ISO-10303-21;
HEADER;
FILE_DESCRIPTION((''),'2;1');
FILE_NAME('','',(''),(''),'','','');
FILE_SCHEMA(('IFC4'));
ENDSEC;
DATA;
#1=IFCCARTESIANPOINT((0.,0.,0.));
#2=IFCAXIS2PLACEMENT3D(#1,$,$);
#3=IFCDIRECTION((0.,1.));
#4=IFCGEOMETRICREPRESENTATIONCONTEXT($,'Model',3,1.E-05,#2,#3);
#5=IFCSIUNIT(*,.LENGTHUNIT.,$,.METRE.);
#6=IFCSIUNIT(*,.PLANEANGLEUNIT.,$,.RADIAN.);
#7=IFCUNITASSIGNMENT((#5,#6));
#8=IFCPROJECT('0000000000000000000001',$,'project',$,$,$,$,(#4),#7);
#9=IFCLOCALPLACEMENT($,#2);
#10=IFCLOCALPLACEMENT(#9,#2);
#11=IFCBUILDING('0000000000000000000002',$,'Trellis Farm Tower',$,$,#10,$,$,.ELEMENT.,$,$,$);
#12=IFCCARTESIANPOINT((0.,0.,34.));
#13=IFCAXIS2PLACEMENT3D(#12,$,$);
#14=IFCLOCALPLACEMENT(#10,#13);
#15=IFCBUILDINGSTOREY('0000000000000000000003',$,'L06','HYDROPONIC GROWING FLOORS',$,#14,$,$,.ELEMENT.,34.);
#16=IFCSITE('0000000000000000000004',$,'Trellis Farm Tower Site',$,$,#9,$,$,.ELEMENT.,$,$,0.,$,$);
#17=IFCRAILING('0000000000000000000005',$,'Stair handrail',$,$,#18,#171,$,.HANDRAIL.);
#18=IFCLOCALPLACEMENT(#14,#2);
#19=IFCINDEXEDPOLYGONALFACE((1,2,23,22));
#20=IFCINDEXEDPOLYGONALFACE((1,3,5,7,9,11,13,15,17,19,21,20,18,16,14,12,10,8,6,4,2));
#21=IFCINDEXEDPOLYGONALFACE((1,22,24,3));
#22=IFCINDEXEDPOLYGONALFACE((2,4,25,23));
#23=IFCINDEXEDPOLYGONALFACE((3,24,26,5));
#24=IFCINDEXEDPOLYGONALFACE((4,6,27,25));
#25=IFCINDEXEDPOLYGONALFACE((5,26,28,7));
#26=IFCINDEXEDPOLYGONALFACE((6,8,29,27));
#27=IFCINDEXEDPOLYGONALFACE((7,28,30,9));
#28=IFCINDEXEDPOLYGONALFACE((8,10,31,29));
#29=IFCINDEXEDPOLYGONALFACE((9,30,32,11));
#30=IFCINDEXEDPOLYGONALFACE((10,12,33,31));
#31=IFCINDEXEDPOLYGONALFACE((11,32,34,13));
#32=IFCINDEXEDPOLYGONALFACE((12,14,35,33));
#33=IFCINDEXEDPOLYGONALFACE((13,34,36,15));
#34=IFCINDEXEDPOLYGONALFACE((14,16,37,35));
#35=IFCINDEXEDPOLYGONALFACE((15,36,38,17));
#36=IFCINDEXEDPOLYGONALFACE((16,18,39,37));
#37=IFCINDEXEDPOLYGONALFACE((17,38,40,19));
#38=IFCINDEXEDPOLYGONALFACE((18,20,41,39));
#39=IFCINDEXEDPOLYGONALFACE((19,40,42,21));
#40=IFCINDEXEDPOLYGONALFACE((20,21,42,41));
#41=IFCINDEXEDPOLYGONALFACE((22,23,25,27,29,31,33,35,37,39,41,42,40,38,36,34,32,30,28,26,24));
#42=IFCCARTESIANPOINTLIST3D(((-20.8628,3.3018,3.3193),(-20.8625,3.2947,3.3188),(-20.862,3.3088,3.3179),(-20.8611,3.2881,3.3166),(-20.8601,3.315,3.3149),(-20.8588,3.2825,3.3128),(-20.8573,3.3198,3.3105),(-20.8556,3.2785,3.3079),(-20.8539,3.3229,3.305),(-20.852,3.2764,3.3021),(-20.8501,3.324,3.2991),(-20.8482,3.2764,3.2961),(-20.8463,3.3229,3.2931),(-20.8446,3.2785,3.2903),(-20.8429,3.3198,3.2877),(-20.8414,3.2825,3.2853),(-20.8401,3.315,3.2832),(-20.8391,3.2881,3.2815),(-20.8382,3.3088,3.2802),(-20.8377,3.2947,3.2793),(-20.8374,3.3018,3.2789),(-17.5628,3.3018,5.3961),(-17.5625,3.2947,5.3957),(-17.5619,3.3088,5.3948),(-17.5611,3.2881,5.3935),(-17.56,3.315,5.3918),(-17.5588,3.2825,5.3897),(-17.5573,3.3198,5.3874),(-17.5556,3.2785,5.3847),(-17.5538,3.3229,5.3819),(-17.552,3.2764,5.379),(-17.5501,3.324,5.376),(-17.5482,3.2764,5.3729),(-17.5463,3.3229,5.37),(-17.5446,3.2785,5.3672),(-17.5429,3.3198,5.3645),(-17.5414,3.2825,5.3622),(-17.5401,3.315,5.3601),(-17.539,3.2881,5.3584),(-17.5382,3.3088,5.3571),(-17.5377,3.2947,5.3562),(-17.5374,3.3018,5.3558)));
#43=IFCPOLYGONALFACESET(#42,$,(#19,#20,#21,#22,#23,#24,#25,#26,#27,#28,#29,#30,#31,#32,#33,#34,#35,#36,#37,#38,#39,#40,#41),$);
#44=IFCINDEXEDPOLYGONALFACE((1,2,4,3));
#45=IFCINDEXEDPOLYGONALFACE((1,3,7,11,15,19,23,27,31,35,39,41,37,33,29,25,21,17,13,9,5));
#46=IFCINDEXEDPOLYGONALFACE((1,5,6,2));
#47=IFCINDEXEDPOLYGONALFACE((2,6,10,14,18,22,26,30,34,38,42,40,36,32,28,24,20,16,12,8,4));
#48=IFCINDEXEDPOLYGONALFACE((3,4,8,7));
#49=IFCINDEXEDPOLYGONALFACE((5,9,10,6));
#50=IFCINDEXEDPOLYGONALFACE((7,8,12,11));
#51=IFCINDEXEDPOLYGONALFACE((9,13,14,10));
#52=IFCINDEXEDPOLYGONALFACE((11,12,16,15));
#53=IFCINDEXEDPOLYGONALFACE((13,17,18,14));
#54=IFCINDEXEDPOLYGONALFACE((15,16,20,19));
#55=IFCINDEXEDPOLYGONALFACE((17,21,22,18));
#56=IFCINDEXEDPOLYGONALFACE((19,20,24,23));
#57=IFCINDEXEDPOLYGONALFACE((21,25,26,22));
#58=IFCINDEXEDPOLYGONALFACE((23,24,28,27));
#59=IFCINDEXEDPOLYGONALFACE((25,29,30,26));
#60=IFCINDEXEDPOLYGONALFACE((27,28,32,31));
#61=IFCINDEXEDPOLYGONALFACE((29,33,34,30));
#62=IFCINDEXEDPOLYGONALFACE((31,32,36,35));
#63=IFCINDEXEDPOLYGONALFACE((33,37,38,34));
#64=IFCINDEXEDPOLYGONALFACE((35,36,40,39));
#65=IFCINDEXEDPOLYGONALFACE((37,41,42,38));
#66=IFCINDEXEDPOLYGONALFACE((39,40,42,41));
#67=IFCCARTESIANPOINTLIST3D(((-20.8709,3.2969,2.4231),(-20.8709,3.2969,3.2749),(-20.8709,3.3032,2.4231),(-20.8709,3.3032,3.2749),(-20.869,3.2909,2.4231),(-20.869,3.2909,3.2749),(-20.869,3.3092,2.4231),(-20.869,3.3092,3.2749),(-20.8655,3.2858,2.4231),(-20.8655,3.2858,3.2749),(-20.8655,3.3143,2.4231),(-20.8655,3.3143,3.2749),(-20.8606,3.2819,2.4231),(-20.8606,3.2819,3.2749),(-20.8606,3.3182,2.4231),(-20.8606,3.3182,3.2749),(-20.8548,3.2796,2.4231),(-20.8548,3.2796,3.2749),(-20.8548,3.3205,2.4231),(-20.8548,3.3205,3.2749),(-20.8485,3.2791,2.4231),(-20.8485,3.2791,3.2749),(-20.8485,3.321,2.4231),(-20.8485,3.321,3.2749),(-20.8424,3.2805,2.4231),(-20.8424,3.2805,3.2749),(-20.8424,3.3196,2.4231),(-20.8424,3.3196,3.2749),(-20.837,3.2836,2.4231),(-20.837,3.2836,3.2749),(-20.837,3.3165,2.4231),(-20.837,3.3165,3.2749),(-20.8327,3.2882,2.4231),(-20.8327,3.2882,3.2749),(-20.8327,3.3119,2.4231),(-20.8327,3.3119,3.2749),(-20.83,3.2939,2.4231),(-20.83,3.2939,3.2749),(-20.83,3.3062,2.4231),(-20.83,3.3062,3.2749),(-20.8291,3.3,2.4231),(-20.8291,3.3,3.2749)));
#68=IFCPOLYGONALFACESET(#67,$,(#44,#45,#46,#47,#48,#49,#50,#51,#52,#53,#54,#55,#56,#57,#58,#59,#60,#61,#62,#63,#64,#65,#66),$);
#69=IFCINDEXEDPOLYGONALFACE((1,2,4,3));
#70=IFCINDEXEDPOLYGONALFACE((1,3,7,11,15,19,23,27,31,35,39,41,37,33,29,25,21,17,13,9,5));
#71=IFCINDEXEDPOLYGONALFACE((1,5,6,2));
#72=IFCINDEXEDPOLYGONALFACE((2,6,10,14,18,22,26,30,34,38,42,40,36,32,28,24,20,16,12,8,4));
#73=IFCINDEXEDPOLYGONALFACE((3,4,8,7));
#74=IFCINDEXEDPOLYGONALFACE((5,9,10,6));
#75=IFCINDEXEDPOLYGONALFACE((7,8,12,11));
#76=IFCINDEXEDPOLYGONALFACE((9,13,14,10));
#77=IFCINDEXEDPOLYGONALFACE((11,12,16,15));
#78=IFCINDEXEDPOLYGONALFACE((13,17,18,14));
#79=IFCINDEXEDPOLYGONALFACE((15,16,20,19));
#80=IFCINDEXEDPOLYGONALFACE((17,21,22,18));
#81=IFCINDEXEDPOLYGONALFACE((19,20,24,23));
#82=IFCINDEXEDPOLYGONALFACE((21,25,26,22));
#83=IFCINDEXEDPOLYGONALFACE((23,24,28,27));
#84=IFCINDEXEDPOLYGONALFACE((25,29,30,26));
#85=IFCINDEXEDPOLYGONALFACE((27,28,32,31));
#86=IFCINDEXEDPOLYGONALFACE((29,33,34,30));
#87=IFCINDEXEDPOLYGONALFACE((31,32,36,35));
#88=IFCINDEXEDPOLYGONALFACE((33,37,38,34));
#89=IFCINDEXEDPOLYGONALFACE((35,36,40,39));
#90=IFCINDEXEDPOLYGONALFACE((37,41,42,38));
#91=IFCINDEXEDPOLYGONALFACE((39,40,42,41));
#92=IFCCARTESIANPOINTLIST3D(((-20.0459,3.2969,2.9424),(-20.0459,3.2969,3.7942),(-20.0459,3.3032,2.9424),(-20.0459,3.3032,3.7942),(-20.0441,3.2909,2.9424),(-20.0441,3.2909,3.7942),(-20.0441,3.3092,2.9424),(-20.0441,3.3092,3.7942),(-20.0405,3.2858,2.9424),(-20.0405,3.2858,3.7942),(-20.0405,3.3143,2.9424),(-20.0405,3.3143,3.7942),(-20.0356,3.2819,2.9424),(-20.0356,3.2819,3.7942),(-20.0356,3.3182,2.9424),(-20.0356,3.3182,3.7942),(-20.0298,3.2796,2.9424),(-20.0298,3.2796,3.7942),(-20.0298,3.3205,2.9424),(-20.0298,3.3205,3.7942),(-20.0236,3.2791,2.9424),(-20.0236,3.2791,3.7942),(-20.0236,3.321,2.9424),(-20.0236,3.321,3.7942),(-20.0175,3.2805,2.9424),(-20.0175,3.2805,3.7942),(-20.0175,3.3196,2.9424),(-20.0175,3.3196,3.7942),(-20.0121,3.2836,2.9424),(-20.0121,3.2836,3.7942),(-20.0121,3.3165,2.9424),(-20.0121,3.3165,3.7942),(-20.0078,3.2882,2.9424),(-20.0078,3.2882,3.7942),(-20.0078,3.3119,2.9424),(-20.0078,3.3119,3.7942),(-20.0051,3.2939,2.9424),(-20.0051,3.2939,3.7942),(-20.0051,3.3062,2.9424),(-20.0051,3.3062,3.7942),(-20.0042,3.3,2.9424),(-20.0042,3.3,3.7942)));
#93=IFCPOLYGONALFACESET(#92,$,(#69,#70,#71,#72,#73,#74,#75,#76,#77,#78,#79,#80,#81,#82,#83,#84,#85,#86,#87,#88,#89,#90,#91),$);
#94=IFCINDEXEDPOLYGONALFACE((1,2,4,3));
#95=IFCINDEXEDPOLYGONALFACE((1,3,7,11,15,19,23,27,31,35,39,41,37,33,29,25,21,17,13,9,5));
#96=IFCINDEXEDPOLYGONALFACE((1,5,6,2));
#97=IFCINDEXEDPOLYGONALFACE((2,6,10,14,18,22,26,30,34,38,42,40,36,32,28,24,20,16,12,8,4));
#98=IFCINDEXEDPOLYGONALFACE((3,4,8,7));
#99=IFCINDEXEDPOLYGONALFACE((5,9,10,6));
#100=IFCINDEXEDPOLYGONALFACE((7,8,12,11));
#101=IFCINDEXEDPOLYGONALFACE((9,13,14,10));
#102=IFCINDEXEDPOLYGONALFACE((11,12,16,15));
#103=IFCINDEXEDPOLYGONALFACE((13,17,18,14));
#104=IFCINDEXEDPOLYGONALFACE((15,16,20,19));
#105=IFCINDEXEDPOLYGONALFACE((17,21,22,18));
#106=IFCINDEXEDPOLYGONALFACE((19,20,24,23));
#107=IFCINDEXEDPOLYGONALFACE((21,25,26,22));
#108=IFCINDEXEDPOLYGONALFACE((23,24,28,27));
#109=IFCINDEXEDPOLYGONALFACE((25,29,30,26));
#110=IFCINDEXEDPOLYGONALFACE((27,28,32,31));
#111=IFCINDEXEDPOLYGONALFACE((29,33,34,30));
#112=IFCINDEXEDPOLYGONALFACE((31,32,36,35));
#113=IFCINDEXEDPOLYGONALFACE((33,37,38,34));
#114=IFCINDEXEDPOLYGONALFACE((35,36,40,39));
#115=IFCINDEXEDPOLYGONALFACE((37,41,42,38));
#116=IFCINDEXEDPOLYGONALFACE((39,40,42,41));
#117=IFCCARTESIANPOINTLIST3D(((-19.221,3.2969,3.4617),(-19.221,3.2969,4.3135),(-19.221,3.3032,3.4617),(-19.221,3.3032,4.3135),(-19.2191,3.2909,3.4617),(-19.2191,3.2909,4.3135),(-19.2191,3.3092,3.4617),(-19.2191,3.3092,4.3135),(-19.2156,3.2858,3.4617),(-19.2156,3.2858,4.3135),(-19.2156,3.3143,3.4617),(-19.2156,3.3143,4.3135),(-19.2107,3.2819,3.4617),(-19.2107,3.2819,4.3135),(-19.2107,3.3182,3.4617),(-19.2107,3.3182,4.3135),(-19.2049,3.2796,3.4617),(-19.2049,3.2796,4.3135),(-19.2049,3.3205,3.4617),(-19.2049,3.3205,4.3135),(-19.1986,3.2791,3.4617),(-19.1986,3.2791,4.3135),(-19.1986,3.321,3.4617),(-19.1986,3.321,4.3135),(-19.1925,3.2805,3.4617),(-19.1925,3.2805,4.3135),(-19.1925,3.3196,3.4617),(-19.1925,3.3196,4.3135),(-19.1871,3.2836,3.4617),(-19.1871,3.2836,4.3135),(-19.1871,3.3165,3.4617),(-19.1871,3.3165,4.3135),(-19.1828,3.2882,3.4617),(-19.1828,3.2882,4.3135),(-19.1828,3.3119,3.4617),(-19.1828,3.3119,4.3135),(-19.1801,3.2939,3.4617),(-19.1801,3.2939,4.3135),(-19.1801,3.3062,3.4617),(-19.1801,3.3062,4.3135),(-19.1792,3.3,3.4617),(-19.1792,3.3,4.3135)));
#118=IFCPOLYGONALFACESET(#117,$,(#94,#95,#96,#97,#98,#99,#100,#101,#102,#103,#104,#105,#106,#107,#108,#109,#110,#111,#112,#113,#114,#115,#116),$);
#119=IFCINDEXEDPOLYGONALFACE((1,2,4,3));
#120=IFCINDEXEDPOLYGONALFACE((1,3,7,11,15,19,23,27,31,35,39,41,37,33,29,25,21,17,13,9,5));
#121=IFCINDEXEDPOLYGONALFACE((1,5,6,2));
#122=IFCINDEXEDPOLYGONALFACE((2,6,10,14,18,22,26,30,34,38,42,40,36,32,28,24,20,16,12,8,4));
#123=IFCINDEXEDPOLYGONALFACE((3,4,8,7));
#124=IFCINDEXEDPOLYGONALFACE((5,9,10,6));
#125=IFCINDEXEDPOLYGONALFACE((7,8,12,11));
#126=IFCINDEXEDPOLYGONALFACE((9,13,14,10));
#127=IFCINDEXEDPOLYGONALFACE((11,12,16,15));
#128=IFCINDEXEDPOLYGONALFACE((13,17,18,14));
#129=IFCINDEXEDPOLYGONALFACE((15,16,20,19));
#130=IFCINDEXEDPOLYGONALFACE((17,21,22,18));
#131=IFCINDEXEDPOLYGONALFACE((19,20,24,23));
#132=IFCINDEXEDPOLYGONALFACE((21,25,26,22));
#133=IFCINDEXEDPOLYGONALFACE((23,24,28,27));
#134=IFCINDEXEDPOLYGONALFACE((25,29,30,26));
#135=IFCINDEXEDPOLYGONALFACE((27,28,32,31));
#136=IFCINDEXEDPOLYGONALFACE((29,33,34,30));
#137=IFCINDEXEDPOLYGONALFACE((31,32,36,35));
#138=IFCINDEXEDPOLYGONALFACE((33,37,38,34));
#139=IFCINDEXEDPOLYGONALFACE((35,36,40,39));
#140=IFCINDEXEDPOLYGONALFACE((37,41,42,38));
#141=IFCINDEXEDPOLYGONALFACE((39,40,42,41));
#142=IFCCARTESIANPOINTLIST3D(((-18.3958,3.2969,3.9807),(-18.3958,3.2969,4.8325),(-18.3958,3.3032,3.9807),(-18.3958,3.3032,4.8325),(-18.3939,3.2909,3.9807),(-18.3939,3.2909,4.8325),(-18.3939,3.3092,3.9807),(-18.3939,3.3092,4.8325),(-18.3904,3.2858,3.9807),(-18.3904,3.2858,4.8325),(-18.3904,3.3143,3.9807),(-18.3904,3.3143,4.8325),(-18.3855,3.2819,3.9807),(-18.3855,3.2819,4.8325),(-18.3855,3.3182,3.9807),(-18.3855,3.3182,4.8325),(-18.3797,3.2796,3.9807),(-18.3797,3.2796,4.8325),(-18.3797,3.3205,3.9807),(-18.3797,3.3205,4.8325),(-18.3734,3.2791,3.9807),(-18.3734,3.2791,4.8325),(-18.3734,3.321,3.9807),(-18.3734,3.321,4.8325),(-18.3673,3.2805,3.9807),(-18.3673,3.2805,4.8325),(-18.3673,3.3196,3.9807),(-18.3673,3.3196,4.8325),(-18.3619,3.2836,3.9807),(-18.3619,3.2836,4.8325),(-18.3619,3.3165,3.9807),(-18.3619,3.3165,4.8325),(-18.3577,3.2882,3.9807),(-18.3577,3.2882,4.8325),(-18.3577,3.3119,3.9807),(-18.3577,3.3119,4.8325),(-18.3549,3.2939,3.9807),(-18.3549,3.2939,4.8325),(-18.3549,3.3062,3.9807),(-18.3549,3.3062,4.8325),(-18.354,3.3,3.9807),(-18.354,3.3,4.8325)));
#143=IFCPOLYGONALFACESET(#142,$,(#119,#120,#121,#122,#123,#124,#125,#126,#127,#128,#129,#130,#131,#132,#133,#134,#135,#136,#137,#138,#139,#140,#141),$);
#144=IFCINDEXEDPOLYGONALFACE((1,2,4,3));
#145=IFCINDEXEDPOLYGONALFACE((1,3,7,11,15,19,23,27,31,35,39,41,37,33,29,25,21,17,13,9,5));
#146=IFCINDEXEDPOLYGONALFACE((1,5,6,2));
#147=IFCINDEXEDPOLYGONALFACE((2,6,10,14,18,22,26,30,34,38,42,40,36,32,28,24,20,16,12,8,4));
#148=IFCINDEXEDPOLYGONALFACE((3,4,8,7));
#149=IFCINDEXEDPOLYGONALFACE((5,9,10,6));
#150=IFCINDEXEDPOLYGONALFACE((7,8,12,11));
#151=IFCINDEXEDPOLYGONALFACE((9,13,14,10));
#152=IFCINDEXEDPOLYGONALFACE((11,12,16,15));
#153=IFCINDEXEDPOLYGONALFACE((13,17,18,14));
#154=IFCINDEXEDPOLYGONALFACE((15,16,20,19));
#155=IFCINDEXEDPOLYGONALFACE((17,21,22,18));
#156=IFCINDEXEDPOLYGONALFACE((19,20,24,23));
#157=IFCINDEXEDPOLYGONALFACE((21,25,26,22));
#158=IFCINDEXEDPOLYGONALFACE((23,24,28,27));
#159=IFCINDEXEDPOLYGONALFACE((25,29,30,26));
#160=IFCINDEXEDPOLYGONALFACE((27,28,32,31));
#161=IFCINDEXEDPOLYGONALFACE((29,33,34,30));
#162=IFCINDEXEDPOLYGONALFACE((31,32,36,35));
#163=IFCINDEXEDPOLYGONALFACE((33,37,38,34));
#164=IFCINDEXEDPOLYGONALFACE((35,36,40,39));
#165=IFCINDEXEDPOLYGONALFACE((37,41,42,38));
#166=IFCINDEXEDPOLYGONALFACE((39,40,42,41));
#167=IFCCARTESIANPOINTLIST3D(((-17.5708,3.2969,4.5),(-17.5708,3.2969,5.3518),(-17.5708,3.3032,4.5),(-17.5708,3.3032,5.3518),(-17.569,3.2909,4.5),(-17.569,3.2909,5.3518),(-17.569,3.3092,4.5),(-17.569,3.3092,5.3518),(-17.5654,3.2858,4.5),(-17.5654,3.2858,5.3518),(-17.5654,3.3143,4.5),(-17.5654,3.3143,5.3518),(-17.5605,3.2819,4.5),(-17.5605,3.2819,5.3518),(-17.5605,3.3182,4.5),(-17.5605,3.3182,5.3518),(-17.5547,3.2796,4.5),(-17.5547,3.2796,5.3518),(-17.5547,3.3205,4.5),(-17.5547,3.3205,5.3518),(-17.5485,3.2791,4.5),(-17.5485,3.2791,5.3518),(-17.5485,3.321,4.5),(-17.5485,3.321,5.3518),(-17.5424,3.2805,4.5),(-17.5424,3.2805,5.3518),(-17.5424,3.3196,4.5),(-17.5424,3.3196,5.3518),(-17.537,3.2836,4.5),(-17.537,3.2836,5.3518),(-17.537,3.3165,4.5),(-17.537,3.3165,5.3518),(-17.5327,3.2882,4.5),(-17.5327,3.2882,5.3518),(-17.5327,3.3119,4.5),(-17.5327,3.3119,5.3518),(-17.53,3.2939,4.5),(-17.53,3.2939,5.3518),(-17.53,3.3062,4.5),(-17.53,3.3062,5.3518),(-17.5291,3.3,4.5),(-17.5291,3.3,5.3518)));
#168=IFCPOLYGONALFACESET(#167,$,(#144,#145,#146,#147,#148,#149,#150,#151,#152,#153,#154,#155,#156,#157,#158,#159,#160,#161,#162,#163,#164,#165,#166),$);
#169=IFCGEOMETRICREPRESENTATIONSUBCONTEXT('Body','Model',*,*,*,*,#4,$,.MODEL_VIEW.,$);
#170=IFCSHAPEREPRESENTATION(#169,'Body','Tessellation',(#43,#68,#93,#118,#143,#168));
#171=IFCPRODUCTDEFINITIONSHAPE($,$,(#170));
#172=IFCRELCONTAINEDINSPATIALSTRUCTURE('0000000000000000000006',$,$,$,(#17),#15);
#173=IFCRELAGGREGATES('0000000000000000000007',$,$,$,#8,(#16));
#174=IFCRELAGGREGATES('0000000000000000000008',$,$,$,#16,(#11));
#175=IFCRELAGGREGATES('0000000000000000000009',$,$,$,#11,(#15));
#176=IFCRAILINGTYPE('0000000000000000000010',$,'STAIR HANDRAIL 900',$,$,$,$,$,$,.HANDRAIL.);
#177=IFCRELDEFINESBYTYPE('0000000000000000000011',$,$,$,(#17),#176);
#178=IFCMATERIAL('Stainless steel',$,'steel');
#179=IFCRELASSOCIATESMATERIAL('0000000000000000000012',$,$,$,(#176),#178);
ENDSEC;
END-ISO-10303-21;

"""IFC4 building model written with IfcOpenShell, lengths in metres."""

from ifc_helpers import new_model, si_unit, direction, frame, origin, origin_2d, place, context, subcontext, project, spatial, circle, extrude, source, transform, mapped, material, type_object, element, save


model = new_model("IFC4")

# Units and contexts
model_context = context("Model", 3, precision=1e-05, world=origin(), true_north=direction((0.0, 1.0)))
body_context = subcontext(model_context, "Body", "Model", "MODEL_VIEW")
ifc_project = project(units=[si_unit("LENGTHUNIT", "METRE"), si_unit("PLANEANGLEUNIT", "RADIAN")], contexts=[model_context])

# Site, building, storey
site_placement = place(None, origin())
site = spatial("IfcSite", under=ifc_project, at=site_placement, Name="Trellis Farm Tower Site", CompositionType="ELEMENT", RefElevation=0.0)
building_placement = place(site_placement, origin())
building = spatial("IfcBuilding", under=site, at=building_placement, Name="Trellis Farm Tower", CompositionType="ELEMENT")
storey_placement = place(building_placement, frame((0.0, 0.0, 34.0)))
storey = spatial("IfcBuildingStorey", under=building, at=storey_placement, Name="L06", Description="HYDROPONIC GROWING FLOORS", CompositionType="ELEMENT", Elevation=34.0)

# Railing
ifc_material_1 = material(Name="Stainless steel", Category="steel")
railing_type_1 = type_object("IfcRailingType", Name="STAIR HANDRAIL 900", PredefinedType="HANDRAIL", material=ifc_material_1)
shared_shape_1 = source(origin(), body_context, "Body", "SweptSolid", [
    extrude(circle(Radius=0.0239, at=origin_2d()), frame((0.0, 0.0, 0.876), z_axis=(0.846337, 0.0, 0.532647), x_axis=(0.0, 1.0, 0.0)), (0.0, 0.0, 1.0), 3.8992),
    extrude(circle(Radius=0.021, at=origin_2d()), origin(), (0.0, 0.0, 1.0), 0.8518),
    extrude(circle(Radius=0.021, at=origin_2d()), frame((0.825, 0.0, 0.5193)), (0.0, 0.0, 1.0), 0.8518),
    extrude(circle(Radius=0.021, at=origin_2d()), frame((1.6499, 0.0, 1.0386)), (0.0, 0.0, 1.0), 0.8518),
    extrude(circle(Radius=0.021, at=origin_2d()), frame((2.4751, 0.0, 1.5576)), (0.0, 0.0, 1.0), 0.8518),
    extrude(circle(Radius=0.021, at=origin_2d()), frame((3.3, 0.0, 2.0769)), (0.0, 0.0, 1.0), 0.8518),
])
for number, where, name in (
    (1, (-20.8501, 3.3, 2.4231), "Stair handrail"),
):
    element("IfcRailing", number, at=place(storey_placement, frame(where)), inside=storey, type_object=railing_type_1, Name=name, PredefinedType="HANDRAIL", context=body_context, shape_type="MappedRepresentation", body=[
        mapped(shared_shape_1, transform((0.0, 0.0, 0.0))),
    ])

save(model, "model.ifc")
